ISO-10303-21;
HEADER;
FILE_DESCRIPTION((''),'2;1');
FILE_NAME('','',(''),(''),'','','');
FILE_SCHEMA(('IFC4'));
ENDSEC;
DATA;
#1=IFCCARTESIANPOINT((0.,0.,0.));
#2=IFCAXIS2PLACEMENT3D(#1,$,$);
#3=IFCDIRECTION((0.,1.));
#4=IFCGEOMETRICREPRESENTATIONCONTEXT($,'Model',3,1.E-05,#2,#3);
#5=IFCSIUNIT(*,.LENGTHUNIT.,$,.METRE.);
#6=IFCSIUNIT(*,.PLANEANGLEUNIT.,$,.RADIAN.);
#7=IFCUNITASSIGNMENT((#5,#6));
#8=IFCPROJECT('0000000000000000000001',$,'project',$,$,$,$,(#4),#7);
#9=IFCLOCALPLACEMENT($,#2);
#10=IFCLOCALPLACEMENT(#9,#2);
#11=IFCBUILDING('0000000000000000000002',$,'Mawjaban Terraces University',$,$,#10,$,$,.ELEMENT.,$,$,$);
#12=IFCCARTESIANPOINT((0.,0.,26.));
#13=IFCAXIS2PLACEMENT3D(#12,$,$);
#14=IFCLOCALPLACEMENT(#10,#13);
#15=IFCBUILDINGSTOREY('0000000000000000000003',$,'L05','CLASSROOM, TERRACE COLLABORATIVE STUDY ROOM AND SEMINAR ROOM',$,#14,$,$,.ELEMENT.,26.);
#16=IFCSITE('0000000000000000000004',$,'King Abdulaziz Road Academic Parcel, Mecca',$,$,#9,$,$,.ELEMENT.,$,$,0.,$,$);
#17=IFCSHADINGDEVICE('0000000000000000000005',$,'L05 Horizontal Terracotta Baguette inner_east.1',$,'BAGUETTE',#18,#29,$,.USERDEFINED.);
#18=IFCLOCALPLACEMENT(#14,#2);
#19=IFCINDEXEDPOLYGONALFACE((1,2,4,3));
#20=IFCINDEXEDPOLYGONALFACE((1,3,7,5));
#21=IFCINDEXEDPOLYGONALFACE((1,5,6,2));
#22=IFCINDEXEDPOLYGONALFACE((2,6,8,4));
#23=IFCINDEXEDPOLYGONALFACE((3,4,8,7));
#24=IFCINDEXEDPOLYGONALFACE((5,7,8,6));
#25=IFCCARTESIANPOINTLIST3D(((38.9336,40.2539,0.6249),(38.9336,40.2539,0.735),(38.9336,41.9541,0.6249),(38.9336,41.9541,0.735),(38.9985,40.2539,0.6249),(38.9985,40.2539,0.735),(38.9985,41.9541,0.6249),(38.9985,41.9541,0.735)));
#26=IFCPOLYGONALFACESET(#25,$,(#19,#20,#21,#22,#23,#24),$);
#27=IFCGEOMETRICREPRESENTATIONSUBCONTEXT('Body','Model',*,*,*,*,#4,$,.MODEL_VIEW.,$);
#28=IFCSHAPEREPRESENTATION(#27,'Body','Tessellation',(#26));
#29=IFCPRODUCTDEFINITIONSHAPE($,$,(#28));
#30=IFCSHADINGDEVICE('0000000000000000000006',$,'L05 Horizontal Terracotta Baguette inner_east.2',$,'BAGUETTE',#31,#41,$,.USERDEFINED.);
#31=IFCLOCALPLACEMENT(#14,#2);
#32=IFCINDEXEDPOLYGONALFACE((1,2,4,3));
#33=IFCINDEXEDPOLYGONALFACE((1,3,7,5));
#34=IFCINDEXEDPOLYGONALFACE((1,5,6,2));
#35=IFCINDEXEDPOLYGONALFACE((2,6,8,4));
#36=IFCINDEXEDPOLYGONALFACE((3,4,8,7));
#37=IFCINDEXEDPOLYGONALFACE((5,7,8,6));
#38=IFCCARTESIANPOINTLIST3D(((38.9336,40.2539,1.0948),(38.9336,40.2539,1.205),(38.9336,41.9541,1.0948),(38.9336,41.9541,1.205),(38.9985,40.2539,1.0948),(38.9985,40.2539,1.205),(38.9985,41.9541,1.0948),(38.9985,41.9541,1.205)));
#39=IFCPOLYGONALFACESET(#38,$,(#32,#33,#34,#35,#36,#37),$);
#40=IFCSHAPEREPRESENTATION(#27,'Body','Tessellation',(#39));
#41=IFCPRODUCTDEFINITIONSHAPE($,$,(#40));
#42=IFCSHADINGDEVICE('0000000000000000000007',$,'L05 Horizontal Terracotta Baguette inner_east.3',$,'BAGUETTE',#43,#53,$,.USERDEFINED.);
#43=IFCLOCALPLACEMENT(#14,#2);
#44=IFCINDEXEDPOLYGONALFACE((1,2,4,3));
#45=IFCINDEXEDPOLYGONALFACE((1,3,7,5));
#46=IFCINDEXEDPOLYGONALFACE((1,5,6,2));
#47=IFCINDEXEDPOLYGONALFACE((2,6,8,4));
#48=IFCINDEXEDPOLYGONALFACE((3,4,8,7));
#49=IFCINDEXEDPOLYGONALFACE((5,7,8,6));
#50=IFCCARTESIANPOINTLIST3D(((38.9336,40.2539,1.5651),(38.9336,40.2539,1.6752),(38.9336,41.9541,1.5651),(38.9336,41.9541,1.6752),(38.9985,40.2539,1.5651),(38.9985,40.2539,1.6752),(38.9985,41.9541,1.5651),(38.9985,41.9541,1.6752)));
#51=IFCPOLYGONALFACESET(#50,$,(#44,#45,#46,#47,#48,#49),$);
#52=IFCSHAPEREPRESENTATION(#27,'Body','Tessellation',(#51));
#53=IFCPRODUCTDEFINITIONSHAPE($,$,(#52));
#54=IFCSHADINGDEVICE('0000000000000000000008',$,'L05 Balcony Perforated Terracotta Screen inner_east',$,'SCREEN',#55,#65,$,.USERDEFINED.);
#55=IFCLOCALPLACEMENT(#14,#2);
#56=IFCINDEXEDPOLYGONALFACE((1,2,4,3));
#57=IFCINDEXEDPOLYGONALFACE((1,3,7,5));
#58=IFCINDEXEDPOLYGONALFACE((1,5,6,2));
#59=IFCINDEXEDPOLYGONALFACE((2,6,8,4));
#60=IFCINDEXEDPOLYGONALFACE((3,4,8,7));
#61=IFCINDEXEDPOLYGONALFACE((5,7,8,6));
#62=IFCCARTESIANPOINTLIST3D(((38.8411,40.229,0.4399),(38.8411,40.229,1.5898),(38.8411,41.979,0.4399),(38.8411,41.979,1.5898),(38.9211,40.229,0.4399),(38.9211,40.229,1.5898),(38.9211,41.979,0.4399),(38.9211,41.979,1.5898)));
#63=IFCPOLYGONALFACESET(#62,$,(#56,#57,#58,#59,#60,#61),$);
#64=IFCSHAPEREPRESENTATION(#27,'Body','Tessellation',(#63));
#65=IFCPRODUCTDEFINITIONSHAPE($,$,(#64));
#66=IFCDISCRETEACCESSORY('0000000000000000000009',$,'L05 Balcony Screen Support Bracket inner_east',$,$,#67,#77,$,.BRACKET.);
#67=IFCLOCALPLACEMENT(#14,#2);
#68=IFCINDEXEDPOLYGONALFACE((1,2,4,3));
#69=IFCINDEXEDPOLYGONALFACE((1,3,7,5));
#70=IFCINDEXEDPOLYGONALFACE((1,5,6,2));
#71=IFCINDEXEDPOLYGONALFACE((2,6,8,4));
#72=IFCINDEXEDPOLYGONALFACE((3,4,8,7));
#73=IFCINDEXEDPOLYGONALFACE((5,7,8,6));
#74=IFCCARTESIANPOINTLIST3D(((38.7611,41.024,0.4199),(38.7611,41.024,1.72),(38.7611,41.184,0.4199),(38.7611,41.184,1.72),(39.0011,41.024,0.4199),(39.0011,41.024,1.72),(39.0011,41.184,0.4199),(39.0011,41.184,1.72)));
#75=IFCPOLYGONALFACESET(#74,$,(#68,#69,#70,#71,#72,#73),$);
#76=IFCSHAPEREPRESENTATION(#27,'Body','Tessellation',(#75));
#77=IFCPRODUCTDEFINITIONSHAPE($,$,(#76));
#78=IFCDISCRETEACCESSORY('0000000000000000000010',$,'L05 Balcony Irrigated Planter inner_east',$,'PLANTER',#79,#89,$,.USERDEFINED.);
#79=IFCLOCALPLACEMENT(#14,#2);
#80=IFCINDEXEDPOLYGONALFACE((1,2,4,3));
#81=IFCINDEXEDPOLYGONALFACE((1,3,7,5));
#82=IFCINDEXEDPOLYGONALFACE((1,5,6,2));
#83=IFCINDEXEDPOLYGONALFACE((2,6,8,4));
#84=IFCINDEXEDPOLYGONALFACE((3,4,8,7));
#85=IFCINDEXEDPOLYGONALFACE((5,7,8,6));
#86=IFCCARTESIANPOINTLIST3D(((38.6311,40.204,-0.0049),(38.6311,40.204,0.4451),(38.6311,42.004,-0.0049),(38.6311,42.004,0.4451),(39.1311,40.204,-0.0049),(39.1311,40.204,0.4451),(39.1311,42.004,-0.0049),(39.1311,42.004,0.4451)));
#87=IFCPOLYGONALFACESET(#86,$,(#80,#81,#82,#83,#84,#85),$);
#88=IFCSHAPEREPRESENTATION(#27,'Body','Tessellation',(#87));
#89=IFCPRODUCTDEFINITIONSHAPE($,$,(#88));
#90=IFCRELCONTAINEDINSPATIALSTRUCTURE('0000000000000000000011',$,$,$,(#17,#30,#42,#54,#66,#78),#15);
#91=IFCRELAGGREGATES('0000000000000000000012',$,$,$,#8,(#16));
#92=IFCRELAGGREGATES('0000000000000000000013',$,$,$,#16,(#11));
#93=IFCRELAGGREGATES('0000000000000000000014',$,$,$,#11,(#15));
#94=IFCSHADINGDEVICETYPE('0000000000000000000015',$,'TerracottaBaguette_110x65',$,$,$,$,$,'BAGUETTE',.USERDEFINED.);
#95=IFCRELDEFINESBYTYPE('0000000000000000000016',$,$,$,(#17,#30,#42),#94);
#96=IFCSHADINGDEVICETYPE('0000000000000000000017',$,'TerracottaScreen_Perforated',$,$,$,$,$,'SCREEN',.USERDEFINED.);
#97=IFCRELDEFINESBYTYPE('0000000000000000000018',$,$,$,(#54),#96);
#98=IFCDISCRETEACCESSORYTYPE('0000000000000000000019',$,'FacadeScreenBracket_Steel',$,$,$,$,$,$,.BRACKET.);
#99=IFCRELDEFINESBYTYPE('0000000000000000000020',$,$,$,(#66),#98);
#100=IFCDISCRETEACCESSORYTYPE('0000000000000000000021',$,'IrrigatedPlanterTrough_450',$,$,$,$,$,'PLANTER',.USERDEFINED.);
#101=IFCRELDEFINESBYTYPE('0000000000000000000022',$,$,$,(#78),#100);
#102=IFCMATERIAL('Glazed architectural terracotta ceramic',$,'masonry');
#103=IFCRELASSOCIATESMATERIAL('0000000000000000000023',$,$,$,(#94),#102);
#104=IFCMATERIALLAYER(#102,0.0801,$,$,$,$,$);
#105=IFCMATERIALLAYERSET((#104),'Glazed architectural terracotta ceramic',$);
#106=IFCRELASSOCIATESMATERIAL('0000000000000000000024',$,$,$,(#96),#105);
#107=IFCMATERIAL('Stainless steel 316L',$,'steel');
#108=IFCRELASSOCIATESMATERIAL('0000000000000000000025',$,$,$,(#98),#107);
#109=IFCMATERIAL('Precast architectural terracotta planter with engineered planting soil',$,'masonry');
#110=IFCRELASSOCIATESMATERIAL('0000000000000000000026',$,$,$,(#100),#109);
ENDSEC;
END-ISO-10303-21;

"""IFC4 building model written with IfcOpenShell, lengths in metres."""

from ifc_helpers import new_model, si_unit, direction, frame, origin, origin_2d, place, context, subcontext, project, spatial, rectangle, extrude, material, layer, layer_set, material_profile, profile_set, type_object, element, save


model = new_model("IFC4")

# Units and contexts
model_context = context("Model", 3, precision=1e-05, world=origin(), true_north=direction((0.0, 1.0)))
body_context = subcontext(model_context, "Body", "Model", "MODEL_VIEW")
ifc_project = project(units=[si_unit("LENGTHUNIT", "METRE"), si_unit("PLANEANGLEUNIT", "RADIAN")], contexts=[model_context])

# Site, building, storey
site_placement = place(None, origin())
site = spatial("IfcSite", under=ifc_project, at=site_placement, Name="King Abdulaziz Road Academic Parcel, Mecca", CompositionType="ELEMENT", RefElevation=0.0)
building_placement = place(site_placement, origin())
building = spatial("IfcBuilding", under=site, at=building_placement, Name="Mawjaban Terraces University", CompositionType="ELEMENT")
storey_placement = place(building_placement, frame((0.0, 0.0, 26.0)))
storey = spatial("IfcBuildingStorey", under=building, at=storey_placement, Name="L05", Description="CLASSROOM, TERRACE COLLABORATIVE STUDY ROOM AND SEMINAR ROOM", CompositionType="ELEMENT", Elevation=26.0)

# Shading devices
ifc_material_1 = material(Name="Glazed architectural terracotta ceramic", Category="masonry")
ifc_material_profile_1 = material_profile(ifc_material_1, rectangle(XDim=0.0649, YDim=0.1101, at=origin_2d()), Name="TBAG110X65")
ifc_profile_set_1 = profile_set([ifc_material_profile_1], Name="Glazed architectural terracotta ceramic")
shading_device_type_1 = type_object("IfcShadingDeviceType", Name="TerracottaBaguette_110x65", ElementType="BAGUETTE", PredefinedType="USERDEFINED", material=ifc_profile_set_1)
for number, where, z_axis, x_axis, name in (
    (1, (38.9661, 40.2539, 0.6799), (0.0, 1.0, 0.0), (-1.0, 0.0, 0.0), "L05 Horizontal Terracotta Baguette inner_east.1"),
    (2, (38.9661, 40.2539, 1.1499), (0.0, 1.0, 0.0), (-1.0, 0.0, 0.0), "L05 Horizontal Terracotta Baguette inner_east.2"),
    (3, (38.9661, 40.2539, 1.6201), (0.0, 1.0, 0.0), (-1.0, 0.0, 0.0), "L05 Horizontal Terracotta Baguette inner_east.3"),
):
    element("IfcShadingDevice", number, at=place(storey_placement, frame(where, z_axis=z_axis, x_axis=x_axis)), inside=storey, type_object=shading_device_type_1, Name=name, ObjectType="BAGUETTE", PredefinedType="USERDEFINED", context=body_context, shape_type="SweptSolid", body=[
        extrude(rectangle(XDim=0.0649, YDim=0.1101, at=origin_2d()), origin(), (0.0, 0.0, 1.0), 1.7002),
    ])
ifc_layer_1 = layer(ifc_material_1, 0.0801)
ifc_layer_set_1 = layer_set([ifc_layer_1], Name="Glazed architectural terracotta ceramic")
shading_device_type_2 = type_object("IfcShadingDeviceType", Name="TerracottaScreen_Perforated", ElementType="SCREEN", PredefinedType="USERDEFINED", material=ifc_layer_set_1)
shading_device_placement = place(storey_placement, frame((38.8811, 41.104, 0.4399), z_axis=(0.0, 0.0, 1.0), x_axis=(0.0, 1.0, 0.0)))
element("IfcShadingDevice", 4, at=shading_device_placement, inside=storey, type_object=shading_device_type_2, Name="L05 Balcony Perforated Terracotta Screen inner_east", ObjectType="SCREEN", PredefinedType="USERDEFINED", context=body_context, shape_type="SweptSolid", body=[
    extrude(rectangle(XDim=1.75, YDim=0.0801, at=origin_2d()), origin(), (0.0, 0.0, 1.0), 1.1499),
])

# Discrete accessories
ifc_material_2 = material(Name="Stainless steel 316L", Category="steel")
discrete_accessory_type_1 = type_object("IfcDiscreteAccessoryType", Name="FacadeScreenBracket_Steel", PredefinedType="BRACKET", material=ifc_material_2)
discrete_accessory_1_placement = place(storey_placement, frame((38.8811, 41.104, 0.4199), z_axis=(0.0, 0.0, 1.0), x_axis=(0.0, 1.0, 0.0)))
element("IfcDiscreteAccessory", 5, at=discrete_accessory_1_placement, inside=storey, type_object=discrete_accessory_type_1, Name="L05 Balcony Screen Support Bracket inner_east", PredefinedType="BRACKET", context=body_context, shape_type="SweptSolid", body=[
    extrude(rectangle(XDim=0.1599, YDim=0.24, at=origin_2d()), origin(), (0.0, 0.0, 1.0), 1.3),
])
ifc_material_3 = material(Name="Precast architectural terracotta planter with engineered planting soil", Category="masonry")
discrete_accessory_type_2 = type_object("IfcDiscreteAccessoryType", Name="IrrigatedPlanterTrough_450", ElementType="PLANTER", PredefinedType="USERDEFINED", material=ifc_material_3)
discrete_accessory_2_placement = place(storey_placement, frame((38.8811, 41.104, -0.0049), z_axis=(0.0, 0.0, 1.0), x_axis=(0.0, 1.0, 0.0)))
element("IfcDiscreteAccessory", 6, at=discrete_accessory_2_placement, inside=storey, type_object=discrete_accessory_type_2, Name="L05 Balcony Irrigated Planter inner_east", ObjectType="PLANTER", PredefinedType="USERDEFINED", context=body_context, shape_type="SweptSolid", body=[
    extrude(rectangle(XDim=1.8, YDim=0.5, at=origin_2d()), origin(), (0.0, 0.0, 1.0), 0.45),
])

save(model, "model.ifc")
